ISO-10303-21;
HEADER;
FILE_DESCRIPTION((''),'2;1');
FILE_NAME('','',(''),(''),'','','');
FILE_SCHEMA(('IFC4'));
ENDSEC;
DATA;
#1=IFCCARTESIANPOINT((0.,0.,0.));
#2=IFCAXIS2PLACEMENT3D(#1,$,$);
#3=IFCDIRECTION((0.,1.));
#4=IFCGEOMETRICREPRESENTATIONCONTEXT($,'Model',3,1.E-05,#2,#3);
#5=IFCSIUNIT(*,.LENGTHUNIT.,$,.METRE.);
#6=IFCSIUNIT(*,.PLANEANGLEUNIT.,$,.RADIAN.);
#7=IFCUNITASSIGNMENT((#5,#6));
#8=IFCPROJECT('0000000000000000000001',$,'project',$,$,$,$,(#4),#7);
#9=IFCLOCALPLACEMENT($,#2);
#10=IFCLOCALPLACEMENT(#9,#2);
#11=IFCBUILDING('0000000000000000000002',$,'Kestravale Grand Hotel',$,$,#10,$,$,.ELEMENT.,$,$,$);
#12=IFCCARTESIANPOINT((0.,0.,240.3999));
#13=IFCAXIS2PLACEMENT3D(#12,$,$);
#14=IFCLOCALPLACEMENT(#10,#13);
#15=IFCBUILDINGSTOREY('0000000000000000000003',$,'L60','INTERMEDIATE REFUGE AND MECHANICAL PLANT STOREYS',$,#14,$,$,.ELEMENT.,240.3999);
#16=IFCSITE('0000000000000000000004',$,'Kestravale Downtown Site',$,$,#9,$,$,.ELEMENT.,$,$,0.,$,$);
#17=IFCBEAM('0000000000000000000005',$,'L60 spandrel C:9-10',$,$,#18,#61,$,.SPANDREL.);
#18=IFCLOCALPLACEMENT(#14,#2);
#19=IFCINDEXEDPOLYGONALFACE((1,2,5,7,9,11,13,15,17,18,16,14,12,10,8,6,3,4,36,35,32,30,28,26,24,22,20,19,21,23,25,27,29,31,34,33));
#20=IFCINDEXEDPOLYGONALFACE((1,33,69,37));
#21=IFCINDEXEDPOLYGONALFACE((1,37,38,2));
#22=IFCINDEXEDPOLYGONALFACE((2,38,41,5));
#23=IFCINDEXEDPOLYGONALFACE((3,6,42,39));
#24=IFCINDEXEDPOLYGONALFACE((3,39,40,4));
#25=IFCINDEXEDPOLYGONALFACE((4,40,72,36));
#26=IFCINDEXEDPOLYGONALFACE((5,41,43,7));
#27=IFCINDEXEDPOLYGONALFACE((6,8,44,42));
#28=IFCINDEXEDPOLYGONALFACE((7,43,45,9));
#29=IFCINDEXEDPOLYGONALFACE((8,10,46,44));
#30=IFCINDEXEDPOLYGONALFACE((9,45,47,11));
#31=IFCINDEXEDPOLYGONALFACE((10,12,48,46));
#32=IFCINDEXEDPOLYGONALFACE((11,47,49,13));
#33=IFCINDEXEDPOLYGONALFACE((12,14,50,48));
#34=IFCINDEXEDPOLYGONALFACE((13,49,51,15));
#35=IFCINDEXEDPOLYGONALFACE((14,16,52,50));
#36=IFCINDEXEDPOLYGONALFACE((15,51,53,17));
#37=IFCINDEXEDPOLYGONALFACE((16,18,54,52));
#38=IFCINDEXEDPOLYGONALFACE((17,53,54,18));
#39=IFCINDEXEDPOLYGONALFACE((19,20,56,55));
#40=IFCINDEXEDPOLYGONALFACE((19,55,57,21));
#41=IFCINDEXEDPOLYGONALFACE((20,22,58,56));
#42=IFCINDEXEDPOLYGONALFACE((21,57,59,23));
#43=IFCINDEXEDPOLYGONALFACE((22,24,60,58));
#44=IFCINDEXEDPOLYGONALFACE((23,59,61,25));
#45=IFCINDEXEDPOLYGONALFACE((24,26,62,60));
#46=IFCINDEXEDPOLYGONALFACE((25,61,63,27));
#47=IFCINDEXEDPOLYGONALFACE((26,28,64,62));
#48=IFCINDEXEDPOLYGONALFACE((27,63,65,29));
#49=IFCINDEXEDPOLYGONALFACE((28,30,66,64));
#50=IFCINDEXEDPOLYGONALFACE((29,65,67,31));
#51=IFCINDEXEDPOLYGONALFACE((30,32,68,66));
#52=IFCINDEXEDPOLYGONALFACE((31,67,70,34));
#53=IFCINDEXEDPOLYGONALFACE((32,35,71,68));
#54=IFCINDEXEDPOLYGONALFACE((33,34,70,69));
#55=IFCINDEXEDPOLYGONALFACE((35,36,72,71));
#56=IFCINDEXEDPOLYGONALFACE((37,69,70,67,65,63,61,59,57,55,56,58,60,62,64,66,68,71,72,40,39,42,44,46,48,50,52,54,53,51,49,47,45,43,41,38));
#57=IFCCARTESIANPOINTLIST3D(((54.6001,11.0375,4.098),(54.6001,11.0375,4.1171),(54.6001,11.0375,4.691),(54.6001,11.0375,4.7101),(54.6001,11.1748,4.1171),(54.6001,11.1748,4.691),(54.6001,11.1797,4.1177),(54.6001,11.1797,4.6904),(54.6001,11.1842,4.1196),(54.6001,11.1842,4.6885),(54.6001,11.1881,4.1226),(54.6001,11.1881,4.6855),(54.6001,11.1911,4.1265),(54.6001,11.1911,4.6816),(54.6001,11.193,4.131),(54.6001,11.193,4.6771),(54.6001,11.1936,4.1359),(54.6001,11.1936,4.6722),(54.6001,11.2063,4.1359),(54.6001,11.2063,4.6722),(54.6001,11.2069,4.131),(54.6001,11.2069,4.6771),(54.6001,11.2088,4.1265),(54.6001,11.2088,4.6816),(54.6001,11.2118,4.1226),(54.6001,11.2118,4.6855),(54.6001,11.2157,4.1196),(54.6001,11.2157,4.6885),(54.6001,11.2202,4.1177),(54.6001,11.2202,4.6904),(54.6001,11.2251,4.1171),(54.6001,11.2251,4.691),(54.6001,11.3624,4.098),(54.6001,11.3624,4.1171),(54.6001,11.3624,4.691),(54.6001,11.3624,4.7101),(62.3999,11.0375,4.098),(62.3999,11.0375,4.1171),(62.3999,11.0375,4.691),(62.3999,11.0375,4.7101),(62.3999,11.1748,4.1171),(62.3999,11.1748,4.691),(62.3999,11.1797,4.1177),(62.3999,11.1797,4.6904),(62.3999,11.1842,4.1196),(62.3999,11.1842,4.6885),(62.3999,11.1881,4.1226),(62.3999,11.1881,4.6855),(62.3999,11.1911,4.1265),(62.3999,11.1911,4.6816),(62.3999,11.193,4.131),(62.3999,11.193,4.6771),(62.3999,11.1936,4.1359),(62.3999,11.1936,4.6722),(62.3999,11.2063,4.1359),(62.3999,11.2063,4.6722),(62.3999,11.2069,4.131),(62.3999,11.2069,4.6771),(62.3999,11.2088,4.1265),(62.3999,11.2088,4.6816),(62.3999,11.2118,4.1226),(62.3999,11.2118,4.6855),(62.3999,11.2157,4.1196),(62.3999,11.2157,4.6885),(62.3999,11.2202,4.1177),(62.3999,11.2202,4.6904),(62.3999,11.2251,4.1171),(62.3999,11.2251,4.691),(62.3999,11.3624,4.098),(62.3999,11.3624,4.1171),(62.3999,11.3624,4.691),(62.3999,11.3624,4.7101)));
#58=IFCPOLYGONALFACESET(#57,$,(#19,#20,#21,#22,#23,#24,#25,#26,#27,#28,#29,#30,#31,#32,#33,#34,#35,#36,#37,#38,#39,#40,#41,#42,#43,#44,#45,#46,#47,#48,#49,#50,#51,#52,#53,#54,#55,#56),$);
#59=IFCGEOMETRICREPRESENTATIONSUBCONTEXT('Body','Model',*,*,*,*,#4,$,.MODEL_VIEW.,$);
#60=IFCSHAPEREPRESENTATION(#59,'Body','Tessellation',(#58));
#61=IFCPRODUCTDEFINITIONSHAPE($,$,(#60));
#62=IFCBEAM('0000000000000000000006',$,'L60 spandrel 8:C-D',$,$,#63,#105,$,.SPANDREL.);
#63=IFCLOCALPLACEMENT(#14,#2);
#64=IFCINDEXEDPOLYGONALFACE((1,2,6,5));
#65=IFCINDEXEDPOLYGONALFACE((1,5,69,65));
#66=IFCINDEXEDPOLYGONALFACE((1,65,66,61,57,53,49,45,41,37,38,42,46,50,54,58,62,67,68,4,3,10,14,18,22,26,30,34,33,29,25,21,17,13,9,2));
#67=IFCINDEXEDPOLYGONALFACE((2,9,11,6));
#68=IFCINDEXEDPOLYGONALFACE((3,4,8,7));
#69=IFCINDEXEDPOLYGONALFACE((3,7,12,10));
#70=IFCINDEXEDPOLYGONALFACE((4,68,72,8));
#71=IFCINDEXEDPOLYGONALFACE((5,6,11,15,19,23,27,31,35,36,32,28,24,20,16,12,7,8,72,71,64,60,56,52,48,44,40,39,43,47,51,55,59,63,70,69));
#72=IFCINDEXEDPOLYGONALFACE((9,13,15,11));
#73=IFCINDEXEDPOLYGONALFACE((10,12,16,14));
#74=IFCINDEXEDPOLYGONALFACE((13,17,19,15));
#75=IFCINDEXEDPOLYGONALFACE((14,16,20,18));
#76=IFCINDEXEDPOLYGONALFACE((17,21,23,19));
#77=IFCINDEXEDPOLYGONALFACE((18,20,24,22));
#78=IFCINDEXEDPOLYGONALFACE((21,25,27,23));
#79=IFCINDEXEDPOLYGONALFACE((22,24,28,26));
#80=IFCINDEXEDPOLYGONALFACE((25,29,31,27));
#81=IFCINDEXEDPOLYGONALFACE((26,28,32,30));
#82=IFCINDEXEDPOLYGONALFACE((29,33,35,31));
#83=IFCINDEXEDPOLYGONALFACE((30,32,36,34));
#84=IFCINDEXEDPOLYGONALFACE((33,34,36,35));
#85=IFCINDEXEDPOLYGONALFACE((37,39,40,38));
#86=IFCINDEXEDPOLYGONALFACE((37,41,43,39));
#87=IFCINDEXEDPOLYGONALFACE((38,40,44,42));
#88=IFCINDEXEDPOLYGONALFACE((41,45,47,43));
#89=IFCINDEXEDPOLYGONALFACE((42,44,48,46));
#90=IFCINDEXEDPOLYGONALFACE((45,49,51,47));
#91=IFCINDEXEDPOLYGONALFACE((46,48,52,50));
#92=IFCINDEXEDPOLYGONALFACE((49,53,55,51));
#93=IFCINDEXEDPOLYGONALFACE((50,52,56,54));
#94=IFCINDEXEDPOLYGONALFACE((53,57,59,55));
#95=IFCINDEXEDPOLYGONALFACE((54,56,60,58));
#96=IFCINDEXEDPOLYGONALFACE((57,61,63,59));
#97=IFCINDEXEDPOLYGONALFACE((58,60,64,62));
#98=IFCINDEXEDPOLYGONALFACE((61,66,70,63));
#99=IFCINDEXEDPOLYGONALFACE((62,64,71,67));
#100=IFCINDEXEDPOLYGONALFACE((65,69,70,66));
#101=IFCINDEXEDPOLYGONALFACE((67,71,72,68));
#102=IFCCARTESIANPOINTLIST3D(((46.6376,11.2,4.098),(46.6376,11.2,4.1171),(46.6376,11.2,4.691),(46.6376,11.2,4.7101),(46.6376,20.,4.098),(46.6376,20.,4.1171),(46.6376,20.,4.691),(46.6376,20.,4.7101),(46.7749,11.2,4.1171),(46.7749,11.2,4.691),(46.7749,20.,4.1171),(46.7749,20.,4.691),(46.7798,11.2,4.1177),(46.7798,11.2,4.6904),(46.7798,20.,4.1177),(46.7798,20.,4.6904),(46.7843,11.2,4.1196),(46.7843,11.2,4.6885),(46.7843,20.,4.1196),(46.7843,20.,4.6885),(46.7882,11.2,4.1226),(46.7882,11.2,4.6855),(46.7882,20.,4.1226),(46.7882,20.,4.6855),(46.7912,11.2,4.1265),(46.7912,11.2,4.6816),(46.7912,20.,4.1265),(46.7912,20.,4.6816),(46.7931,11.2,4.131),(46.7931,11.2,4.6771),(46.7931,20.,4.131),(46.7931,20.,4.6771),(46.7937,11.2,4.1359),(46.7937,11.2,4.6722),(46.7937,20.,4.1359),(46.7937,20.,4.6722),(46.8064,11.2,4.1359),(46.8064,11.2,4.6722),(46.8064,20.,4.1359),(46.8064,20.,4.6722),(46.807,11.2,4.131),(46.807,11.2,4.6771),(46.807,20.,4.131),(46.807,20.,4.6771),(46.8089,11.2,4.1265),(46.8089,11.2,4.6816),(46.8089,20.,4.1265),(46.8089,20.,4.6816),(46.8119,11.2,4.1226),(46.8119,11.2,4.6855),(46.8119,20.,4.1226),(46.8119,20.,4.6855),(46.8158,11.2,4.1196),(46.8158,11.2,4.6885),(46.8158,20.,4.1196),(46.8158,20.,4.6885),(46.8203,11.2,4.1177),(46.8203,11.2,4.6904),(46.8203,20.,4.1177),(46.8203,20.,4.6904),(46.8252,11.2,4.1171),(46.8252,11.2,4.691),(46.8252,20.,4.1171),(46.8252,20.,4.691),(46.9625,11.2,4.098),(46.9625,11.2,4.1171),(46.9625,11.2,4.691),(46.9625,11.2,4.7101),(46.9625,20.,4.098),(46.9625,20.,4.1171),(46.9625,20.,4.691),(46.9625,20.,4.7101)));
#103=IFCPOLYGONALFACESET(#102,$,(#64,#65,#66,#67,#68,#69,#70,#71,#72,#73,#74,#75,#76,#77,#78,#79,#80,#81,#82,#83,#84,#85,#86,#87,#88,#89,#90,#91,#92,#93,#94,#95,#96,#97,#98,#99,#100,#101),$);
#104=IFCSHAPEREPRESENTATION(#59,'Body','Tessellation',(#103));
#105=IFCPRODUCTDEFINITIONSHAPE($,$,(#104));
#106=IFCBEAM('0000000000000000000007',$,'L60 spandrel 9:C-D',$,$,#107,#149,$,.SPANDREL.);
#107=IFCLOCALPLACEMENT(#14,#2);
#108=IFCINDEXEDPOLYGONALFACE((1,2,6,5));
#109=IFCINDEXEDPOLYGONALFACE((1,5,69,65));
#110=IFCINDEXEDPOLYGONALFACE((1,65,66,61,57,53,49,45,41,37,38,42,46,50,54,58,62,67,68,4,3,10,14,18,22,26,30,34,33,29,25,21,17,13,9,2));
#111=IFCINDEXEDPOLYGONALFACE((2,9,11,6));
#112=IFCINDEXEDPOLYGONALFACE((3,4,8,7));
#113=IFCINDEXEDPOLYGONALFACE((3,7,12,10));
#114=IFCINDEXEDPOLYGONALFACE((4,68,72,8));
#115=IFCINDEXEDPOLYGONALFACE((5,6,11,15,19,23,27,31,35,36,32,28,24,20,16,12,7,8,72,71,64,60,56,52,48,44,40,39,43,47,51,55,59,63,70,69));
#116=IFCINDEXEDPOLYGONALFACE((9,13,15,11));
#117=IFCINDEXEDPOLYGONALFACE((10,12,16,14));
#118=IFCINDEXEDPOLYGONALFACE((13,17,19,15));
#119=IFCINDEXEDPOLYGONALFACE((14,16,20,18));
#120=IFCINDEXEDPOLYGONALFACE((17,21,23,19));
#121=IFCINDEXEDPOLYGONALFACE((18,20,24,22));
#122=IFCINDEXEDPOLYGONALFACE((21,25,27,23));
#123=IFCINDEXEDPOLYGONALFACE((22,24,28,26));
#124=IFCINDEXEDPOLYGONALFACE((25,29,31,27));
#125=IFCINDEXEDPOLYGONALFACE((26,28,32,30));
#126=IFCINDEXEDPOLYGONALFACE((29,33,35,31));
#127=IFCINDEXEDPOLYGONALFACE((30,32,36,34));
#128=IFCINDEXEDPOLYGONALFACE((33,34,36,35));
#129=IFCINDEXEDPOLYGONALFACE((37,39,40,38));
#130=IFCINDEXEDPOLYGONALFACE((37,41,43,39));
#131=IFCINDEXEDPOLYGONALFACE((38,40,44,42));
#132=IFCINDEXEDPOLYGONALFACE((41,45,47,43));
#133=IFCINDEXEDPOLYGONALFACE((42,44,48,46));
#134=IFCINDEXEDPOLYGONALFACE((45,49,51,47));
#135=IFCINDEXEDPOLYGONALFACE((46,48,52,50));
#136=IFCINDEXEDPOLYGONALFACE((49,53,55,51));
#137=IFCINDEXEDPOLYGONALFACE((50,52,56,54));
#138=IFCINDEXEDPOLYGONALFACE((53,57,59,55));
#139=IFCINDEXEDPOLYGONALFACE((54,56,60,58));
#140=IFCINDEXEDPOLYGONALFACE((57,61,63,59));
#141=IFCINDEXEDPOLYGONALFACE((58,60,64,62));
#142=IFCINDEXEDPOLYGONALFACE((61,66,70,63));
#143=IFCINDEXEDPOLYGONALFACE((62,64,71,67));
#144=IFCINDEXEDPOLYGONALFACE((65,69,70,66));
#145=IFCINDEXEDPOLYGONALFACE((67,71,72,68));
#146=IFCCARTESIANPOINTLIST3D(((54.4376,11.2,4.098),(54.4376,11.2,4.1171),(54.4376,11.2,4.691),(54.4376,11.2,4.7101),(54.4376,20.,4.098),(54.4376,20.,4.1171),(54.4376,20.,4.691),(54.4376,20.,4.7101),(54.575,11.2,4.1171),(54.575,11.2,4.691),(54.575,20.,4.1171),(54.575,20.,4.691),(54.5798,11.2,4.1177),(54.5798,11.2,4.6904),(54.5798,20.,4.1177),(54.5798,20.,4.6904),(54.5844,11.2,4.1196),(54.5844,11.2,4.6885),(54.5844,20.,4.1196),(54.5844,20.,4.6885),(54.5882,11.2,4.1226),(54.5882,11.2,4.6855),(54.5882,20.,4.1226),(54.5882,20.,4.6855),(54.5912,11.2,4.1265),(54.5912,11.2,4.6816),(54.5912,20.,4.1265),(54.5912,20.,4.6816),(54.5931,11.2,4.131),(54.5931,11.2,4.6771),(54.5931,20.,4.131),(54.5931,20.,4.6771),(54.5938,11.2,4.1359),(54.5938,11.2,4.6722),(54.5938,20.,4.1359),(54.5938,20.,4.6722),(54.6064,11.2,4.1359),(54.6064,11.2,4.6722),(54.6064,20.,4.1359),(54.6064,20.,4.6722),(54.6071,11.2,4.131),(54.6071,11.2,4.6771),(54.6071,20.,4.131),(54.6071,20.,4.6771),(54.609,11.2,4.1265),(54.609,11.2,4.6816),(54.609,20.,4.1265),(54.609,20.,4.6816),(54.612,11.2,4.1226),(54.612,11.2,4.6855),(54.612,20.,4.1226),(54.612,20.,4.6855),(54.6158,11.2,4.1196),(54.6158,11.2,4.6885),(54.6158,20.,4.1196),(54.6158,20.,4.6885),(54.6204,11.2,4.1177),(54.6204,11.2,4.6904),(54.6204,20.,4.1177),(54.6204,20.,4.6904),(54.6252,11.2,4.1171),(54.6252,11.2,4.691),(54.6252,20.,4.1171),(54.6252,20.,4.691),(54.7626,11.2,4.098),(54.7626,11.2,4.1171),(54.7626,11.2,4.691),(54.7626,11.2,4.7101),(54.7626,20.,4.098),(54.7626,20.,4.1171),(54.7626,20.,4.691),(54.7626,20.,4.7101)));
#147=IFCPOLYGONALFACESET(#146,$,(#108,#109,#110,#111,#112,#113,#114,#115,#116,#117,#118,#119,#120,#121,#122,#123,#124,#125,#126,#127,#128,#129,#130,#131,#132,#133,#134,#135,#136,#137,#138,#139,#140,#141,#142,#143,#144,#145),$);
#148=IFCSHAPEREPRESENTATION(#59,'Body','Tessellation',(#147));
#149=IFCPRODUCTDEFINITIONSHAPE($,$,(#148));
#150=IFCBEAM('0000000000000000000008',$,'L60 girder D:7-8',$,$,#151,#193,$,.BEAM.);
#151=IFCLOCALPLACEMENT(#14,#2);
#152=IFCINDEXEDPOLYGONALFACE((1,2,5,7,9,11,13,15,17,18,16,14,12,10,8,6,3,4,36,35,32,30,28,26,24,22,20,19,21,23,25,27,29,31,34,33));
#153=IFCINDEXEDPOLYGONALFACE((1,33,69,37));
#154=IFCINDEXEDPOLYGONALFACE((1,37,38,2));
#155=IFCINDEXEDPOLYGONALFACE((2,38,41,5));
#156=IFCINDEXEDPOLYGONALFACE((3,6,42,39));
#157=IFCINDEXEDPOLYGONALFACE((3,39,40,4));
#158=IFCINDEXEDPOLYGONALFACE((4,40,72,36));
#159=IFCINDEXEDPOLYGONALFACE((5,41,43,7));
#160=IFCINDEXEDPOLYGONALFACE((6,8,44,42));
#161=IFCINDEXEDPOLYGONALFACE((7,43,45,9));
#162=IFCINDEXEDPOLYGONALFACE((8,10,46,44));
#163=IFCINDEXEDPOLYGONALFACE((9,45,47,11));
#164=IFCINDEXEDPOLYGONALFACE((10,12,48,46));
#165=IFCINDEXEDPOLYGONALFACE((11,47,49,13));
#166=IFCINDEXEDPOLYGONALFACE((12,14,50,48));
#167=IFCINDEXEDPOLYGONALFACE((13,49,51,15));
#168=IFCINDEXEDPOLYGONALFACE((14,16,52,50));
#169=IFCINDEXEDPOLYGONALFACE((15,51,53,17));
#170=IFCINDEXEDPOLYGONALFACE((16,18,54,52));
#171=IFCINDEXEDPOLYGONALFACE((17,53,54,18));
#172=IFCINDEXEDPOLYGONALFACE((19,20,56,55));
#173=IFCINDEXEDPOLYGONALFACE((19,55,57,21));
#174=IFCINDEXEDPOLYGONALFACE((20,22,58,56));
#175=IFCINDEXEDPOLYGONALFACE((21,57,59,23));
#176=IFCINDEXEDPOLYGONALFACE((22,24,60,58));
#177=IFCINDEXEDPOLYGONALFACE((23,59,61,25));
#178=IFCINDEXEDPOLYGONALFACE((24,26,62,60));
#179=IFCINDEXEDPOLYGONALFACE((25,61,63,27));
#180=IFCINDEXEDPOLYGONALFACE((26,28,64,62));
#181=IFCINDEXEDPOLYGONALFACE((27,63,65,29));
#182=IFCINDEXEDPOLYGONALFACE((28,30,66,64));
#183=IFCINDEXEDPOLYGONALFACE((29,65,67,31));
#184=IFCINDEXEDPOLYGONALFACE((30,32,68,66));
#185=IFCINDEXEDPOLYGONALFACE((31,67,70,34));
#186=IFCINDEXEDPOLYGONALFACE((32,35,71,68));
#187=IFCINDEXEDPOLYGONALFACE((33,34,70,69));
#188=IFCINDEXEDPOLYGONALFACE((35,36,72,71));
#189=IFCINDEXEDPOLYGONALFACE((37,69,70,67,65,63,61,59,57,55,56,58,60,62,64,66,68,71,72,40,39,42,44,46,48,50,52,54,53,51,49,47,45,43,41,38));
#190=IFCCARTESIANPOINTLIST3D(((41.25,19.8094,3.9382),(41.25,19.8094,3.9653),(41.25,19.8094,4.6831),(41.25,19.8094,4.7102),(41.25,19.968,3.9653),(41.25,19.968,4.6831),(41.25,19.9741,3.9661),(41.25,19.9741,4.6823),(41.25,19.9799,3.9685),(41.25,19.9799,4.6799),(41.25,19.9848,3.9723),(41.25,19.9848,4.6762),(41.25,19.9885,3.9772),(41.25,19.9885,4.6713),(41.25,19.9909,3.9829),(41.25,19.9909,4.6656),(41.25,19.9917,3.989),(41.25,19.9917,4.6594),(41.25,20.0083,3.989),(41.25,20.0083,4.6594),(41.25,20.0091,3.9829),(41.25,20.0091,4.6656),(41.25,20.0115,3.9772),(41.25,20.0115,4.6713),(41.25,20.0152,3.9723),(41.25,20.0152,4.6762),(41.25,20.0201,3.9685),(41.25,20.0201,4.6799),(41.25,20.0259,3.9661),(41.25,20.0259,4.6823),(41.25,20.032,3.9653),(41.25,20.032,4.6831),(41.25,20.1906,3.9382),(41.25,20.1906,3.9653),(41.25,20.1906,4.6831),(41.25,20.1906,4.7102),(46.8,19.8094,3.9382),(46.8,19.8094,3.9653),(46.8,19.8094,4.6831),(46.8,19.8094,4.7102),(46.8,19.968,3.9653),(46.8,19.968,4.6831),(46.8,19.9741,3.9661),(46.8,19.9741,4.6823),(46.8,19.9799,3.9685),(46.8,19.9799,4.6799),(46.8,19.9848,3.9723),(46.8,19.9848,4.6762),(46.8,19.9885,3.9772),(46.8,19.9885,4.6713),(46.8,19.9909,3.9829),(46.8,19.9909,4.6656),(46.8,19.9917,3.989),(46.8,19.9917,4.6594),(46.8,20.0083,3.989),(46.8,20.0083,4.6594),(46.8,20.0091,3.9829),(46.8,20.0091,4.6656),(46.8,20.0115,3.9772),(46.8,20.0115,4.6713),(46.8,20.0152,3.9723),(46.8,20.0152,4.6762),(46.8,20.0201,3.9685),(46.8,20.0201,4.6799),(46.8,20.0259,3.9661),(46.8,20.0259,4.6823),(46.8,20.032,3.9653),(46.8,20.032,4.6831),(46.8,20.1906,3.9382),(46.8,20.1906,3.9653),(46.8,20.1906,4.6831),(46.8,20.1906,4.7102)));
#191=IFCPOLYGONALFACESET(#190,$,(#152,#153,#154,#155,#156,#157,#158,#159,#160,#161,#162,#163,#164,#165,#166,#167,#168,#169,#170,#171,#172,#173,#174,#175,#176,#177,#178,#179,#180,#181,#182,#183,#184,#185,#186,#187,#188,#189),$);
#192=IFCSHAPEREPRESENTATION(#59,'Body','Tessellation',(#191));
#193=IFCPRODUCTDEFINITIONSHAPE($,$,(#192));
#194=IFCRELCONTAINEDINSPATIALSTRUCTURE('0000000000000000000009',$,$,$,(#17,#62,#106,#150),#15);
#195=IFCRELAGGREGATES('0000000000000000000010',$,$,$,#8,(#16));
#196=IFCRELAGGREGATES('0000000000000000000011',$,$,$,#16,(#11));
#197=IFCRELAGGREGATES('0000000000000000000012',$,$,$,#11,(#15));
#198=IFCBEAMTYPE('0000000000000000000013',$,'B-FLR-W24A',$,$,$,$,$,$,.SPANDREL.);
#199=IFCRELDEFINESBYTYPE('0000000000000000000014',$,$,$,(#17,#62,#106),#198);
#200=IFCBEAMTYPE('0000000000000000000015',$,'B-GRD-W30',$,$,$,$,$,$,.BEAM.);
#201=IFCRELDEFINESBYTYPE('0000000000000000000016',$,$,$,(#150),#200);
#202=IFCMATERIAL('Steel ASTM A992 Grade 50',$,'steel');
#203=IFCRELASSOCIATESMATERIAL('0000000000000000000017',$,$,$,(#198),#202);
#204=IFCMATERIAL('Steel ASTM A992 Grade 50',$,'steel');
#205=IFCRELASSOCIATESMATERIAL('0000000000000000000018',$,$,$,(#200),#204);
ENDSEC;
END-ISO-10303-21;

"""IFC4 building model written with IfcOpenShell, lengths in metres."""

from ifc_helpers import new_model, si_unit, direction, frame, origin, origin_2d, place, context, subcontext, project, spatial, i_section, extrude, material, material_profile, profile_set, type_object, element, save


model = new_model("IFC4")

# Units and contexts
model_context = context("Model", 3, precision=1e-05, world=origin(), true_north=direction((0.0, 1.0)))
body_context = subcontext(model_context, "Body", "Model", "MODEL_VIEW")
ifc_project = project(units=[si_unit("LENGTHUNIT", "METRE"), si_unit("PLANEANGLEUNIT", "RADIAN")], contexts=[model_context])

# Site, building, storey
site_placement = place(None, origin())
site = spatial("IfcSite", under=ifc_project, at=site_placement, Name="Kestravale Downtown Site", CompositionType="ELEMENT", RefElevation=0.0)
building_placement = place(site_placement, origin())
building = spatial("IfcBuilding", under=site, at=building_placement, Name="Kestravale Grand Hotel", CompositionType="ELEMENT")
storey_placement = place(building_placement, frame((0.0, 0.0, 240.3999)))
storey = spatial("IfcBuildingStorey", under=building, at=storey_placement, Name="L60", Description="INTERMEDIATE REFUGE AND MECHANICAL PLANT STOREYS", CompositionType="ELEMENT", Elevation=240.3999)

# Beams
ifc_material_1 = material(Name="Steel ASTM A992 Grade 50", Category="steel")
ifc_material_profile_1 = material_profile(ifc_material_1, i_section(OverallWidth=0.325, OverallDepth=0.6121, WebThickness=0.0127, FlangeThickness=0.019, FilletRadius=0.0188, at=origin_2d()))
ifc_profile_set_1 = profile_set([ifc_material_profile_1], Name="Steel ASTM A992 Grade 50")
beam_type_1 = type_object("IfcBeamType", Name="B-FLR-W24A", PredefinedType="SPANDREL", material=ifc_profile_set_1)
beam_1_placement = place(storey_placement, frame((54.6001, 11.2, 4.4041), z_axis=(1.0, 0.0, 0.0), x_axis=(0.0, 1.0, 0.0)))
element("IfcBeam", 1, at=beam_1_placement, inside=storey, type_object=beam_type_1, Name="L60 spandrel C:9-10", PredefinedType="SPANDREL", context=body_context, shape_type="SweptSolid", body=[
    extrude(i_section(OverallWidth=0.325, OverallDepth=0.6121, WebThickness=0.0127, FlangeThickness=0.019, FilletRadius=0.0188, at=origin_2d()), origin(), (0.0, 0.0, 1.0), 7.7998),
])
for number, where, z_axis, x_axis, name in (
    (2, (46.8, 11.2, 4.4041), (0.0, 1.0, 0.0), (-1.0, 0.0, 0.0), "L60 spandrel 8:C-D"),
    (3, (54.6001, 11.2, 4.4041), (0.0, 1.0, 0.0), (-1.0, 0.0, 0.0), "L60 spandrel 9:C-D"),
):
    element("IfcBeam", number, at=place(storey_placement, frame(where, z_axis=z_axis, x_axis=x_axis)), inside=storey, type_object=beam_type_1, Name=name, PredefinedType="SPANDREL", context=body_context, shape_type="SweptSolid", body=[
        extrude(i_section(OverallWidth=0.325, OverallDepth=0.6121, WebThickness=0.0127, FlangeThickness=0.019, FilletRadius=0.0188, at=origin_2d()), origin(), (0.0, 0.0, 1.0), 8.8),
    ])
ifc_material_2 = material(Name="Steel ASTM A992 Grade 50", Category="steel")
ifc_material_profile_2 = material_profile(ifc_material_2, i_section(OverallWidth=0.3811, OverallDepth=0.772, WebThickness=0.0166, FlangeThickness=0.0271, FilletRadius=0.0237, at=origin_2d()))
ifc_profile_set_2 = profile_set([ifc_material_profile_2], Name="Steel ASTM A992 Grade 50")
beam_type_2 = type_object("IfcBeamType", Name="B-GRD-W30", PredefinedType="BEAM", material=ifc_profile_set_2)
beam_2_placement = place(storey_placement, frame((41.25, 20.0, 4.3242), z_axis=(1.0, 0.0, 0.0), x_axis=(0.0, 1.0, 0.0)))
element("IfcBeam", 4, at=beam_2_placement, inside=storey, type_object=beam_type_2, Name="L60 girder D:7-8", PredefinedType="BEAM", context=body_context, shape_type="SweptSolid", body=[
    extrude(i_section(OverallWidth=0.3811, OverallDepth=0.772, WebThickness=0.0166, FlangeThickness=0.0271, FilletRadius=0.0237, at=origin_2d()), origin(), (0.0, 0.0, 1.0), 5.55),
])

save(model, "model.ifc")
